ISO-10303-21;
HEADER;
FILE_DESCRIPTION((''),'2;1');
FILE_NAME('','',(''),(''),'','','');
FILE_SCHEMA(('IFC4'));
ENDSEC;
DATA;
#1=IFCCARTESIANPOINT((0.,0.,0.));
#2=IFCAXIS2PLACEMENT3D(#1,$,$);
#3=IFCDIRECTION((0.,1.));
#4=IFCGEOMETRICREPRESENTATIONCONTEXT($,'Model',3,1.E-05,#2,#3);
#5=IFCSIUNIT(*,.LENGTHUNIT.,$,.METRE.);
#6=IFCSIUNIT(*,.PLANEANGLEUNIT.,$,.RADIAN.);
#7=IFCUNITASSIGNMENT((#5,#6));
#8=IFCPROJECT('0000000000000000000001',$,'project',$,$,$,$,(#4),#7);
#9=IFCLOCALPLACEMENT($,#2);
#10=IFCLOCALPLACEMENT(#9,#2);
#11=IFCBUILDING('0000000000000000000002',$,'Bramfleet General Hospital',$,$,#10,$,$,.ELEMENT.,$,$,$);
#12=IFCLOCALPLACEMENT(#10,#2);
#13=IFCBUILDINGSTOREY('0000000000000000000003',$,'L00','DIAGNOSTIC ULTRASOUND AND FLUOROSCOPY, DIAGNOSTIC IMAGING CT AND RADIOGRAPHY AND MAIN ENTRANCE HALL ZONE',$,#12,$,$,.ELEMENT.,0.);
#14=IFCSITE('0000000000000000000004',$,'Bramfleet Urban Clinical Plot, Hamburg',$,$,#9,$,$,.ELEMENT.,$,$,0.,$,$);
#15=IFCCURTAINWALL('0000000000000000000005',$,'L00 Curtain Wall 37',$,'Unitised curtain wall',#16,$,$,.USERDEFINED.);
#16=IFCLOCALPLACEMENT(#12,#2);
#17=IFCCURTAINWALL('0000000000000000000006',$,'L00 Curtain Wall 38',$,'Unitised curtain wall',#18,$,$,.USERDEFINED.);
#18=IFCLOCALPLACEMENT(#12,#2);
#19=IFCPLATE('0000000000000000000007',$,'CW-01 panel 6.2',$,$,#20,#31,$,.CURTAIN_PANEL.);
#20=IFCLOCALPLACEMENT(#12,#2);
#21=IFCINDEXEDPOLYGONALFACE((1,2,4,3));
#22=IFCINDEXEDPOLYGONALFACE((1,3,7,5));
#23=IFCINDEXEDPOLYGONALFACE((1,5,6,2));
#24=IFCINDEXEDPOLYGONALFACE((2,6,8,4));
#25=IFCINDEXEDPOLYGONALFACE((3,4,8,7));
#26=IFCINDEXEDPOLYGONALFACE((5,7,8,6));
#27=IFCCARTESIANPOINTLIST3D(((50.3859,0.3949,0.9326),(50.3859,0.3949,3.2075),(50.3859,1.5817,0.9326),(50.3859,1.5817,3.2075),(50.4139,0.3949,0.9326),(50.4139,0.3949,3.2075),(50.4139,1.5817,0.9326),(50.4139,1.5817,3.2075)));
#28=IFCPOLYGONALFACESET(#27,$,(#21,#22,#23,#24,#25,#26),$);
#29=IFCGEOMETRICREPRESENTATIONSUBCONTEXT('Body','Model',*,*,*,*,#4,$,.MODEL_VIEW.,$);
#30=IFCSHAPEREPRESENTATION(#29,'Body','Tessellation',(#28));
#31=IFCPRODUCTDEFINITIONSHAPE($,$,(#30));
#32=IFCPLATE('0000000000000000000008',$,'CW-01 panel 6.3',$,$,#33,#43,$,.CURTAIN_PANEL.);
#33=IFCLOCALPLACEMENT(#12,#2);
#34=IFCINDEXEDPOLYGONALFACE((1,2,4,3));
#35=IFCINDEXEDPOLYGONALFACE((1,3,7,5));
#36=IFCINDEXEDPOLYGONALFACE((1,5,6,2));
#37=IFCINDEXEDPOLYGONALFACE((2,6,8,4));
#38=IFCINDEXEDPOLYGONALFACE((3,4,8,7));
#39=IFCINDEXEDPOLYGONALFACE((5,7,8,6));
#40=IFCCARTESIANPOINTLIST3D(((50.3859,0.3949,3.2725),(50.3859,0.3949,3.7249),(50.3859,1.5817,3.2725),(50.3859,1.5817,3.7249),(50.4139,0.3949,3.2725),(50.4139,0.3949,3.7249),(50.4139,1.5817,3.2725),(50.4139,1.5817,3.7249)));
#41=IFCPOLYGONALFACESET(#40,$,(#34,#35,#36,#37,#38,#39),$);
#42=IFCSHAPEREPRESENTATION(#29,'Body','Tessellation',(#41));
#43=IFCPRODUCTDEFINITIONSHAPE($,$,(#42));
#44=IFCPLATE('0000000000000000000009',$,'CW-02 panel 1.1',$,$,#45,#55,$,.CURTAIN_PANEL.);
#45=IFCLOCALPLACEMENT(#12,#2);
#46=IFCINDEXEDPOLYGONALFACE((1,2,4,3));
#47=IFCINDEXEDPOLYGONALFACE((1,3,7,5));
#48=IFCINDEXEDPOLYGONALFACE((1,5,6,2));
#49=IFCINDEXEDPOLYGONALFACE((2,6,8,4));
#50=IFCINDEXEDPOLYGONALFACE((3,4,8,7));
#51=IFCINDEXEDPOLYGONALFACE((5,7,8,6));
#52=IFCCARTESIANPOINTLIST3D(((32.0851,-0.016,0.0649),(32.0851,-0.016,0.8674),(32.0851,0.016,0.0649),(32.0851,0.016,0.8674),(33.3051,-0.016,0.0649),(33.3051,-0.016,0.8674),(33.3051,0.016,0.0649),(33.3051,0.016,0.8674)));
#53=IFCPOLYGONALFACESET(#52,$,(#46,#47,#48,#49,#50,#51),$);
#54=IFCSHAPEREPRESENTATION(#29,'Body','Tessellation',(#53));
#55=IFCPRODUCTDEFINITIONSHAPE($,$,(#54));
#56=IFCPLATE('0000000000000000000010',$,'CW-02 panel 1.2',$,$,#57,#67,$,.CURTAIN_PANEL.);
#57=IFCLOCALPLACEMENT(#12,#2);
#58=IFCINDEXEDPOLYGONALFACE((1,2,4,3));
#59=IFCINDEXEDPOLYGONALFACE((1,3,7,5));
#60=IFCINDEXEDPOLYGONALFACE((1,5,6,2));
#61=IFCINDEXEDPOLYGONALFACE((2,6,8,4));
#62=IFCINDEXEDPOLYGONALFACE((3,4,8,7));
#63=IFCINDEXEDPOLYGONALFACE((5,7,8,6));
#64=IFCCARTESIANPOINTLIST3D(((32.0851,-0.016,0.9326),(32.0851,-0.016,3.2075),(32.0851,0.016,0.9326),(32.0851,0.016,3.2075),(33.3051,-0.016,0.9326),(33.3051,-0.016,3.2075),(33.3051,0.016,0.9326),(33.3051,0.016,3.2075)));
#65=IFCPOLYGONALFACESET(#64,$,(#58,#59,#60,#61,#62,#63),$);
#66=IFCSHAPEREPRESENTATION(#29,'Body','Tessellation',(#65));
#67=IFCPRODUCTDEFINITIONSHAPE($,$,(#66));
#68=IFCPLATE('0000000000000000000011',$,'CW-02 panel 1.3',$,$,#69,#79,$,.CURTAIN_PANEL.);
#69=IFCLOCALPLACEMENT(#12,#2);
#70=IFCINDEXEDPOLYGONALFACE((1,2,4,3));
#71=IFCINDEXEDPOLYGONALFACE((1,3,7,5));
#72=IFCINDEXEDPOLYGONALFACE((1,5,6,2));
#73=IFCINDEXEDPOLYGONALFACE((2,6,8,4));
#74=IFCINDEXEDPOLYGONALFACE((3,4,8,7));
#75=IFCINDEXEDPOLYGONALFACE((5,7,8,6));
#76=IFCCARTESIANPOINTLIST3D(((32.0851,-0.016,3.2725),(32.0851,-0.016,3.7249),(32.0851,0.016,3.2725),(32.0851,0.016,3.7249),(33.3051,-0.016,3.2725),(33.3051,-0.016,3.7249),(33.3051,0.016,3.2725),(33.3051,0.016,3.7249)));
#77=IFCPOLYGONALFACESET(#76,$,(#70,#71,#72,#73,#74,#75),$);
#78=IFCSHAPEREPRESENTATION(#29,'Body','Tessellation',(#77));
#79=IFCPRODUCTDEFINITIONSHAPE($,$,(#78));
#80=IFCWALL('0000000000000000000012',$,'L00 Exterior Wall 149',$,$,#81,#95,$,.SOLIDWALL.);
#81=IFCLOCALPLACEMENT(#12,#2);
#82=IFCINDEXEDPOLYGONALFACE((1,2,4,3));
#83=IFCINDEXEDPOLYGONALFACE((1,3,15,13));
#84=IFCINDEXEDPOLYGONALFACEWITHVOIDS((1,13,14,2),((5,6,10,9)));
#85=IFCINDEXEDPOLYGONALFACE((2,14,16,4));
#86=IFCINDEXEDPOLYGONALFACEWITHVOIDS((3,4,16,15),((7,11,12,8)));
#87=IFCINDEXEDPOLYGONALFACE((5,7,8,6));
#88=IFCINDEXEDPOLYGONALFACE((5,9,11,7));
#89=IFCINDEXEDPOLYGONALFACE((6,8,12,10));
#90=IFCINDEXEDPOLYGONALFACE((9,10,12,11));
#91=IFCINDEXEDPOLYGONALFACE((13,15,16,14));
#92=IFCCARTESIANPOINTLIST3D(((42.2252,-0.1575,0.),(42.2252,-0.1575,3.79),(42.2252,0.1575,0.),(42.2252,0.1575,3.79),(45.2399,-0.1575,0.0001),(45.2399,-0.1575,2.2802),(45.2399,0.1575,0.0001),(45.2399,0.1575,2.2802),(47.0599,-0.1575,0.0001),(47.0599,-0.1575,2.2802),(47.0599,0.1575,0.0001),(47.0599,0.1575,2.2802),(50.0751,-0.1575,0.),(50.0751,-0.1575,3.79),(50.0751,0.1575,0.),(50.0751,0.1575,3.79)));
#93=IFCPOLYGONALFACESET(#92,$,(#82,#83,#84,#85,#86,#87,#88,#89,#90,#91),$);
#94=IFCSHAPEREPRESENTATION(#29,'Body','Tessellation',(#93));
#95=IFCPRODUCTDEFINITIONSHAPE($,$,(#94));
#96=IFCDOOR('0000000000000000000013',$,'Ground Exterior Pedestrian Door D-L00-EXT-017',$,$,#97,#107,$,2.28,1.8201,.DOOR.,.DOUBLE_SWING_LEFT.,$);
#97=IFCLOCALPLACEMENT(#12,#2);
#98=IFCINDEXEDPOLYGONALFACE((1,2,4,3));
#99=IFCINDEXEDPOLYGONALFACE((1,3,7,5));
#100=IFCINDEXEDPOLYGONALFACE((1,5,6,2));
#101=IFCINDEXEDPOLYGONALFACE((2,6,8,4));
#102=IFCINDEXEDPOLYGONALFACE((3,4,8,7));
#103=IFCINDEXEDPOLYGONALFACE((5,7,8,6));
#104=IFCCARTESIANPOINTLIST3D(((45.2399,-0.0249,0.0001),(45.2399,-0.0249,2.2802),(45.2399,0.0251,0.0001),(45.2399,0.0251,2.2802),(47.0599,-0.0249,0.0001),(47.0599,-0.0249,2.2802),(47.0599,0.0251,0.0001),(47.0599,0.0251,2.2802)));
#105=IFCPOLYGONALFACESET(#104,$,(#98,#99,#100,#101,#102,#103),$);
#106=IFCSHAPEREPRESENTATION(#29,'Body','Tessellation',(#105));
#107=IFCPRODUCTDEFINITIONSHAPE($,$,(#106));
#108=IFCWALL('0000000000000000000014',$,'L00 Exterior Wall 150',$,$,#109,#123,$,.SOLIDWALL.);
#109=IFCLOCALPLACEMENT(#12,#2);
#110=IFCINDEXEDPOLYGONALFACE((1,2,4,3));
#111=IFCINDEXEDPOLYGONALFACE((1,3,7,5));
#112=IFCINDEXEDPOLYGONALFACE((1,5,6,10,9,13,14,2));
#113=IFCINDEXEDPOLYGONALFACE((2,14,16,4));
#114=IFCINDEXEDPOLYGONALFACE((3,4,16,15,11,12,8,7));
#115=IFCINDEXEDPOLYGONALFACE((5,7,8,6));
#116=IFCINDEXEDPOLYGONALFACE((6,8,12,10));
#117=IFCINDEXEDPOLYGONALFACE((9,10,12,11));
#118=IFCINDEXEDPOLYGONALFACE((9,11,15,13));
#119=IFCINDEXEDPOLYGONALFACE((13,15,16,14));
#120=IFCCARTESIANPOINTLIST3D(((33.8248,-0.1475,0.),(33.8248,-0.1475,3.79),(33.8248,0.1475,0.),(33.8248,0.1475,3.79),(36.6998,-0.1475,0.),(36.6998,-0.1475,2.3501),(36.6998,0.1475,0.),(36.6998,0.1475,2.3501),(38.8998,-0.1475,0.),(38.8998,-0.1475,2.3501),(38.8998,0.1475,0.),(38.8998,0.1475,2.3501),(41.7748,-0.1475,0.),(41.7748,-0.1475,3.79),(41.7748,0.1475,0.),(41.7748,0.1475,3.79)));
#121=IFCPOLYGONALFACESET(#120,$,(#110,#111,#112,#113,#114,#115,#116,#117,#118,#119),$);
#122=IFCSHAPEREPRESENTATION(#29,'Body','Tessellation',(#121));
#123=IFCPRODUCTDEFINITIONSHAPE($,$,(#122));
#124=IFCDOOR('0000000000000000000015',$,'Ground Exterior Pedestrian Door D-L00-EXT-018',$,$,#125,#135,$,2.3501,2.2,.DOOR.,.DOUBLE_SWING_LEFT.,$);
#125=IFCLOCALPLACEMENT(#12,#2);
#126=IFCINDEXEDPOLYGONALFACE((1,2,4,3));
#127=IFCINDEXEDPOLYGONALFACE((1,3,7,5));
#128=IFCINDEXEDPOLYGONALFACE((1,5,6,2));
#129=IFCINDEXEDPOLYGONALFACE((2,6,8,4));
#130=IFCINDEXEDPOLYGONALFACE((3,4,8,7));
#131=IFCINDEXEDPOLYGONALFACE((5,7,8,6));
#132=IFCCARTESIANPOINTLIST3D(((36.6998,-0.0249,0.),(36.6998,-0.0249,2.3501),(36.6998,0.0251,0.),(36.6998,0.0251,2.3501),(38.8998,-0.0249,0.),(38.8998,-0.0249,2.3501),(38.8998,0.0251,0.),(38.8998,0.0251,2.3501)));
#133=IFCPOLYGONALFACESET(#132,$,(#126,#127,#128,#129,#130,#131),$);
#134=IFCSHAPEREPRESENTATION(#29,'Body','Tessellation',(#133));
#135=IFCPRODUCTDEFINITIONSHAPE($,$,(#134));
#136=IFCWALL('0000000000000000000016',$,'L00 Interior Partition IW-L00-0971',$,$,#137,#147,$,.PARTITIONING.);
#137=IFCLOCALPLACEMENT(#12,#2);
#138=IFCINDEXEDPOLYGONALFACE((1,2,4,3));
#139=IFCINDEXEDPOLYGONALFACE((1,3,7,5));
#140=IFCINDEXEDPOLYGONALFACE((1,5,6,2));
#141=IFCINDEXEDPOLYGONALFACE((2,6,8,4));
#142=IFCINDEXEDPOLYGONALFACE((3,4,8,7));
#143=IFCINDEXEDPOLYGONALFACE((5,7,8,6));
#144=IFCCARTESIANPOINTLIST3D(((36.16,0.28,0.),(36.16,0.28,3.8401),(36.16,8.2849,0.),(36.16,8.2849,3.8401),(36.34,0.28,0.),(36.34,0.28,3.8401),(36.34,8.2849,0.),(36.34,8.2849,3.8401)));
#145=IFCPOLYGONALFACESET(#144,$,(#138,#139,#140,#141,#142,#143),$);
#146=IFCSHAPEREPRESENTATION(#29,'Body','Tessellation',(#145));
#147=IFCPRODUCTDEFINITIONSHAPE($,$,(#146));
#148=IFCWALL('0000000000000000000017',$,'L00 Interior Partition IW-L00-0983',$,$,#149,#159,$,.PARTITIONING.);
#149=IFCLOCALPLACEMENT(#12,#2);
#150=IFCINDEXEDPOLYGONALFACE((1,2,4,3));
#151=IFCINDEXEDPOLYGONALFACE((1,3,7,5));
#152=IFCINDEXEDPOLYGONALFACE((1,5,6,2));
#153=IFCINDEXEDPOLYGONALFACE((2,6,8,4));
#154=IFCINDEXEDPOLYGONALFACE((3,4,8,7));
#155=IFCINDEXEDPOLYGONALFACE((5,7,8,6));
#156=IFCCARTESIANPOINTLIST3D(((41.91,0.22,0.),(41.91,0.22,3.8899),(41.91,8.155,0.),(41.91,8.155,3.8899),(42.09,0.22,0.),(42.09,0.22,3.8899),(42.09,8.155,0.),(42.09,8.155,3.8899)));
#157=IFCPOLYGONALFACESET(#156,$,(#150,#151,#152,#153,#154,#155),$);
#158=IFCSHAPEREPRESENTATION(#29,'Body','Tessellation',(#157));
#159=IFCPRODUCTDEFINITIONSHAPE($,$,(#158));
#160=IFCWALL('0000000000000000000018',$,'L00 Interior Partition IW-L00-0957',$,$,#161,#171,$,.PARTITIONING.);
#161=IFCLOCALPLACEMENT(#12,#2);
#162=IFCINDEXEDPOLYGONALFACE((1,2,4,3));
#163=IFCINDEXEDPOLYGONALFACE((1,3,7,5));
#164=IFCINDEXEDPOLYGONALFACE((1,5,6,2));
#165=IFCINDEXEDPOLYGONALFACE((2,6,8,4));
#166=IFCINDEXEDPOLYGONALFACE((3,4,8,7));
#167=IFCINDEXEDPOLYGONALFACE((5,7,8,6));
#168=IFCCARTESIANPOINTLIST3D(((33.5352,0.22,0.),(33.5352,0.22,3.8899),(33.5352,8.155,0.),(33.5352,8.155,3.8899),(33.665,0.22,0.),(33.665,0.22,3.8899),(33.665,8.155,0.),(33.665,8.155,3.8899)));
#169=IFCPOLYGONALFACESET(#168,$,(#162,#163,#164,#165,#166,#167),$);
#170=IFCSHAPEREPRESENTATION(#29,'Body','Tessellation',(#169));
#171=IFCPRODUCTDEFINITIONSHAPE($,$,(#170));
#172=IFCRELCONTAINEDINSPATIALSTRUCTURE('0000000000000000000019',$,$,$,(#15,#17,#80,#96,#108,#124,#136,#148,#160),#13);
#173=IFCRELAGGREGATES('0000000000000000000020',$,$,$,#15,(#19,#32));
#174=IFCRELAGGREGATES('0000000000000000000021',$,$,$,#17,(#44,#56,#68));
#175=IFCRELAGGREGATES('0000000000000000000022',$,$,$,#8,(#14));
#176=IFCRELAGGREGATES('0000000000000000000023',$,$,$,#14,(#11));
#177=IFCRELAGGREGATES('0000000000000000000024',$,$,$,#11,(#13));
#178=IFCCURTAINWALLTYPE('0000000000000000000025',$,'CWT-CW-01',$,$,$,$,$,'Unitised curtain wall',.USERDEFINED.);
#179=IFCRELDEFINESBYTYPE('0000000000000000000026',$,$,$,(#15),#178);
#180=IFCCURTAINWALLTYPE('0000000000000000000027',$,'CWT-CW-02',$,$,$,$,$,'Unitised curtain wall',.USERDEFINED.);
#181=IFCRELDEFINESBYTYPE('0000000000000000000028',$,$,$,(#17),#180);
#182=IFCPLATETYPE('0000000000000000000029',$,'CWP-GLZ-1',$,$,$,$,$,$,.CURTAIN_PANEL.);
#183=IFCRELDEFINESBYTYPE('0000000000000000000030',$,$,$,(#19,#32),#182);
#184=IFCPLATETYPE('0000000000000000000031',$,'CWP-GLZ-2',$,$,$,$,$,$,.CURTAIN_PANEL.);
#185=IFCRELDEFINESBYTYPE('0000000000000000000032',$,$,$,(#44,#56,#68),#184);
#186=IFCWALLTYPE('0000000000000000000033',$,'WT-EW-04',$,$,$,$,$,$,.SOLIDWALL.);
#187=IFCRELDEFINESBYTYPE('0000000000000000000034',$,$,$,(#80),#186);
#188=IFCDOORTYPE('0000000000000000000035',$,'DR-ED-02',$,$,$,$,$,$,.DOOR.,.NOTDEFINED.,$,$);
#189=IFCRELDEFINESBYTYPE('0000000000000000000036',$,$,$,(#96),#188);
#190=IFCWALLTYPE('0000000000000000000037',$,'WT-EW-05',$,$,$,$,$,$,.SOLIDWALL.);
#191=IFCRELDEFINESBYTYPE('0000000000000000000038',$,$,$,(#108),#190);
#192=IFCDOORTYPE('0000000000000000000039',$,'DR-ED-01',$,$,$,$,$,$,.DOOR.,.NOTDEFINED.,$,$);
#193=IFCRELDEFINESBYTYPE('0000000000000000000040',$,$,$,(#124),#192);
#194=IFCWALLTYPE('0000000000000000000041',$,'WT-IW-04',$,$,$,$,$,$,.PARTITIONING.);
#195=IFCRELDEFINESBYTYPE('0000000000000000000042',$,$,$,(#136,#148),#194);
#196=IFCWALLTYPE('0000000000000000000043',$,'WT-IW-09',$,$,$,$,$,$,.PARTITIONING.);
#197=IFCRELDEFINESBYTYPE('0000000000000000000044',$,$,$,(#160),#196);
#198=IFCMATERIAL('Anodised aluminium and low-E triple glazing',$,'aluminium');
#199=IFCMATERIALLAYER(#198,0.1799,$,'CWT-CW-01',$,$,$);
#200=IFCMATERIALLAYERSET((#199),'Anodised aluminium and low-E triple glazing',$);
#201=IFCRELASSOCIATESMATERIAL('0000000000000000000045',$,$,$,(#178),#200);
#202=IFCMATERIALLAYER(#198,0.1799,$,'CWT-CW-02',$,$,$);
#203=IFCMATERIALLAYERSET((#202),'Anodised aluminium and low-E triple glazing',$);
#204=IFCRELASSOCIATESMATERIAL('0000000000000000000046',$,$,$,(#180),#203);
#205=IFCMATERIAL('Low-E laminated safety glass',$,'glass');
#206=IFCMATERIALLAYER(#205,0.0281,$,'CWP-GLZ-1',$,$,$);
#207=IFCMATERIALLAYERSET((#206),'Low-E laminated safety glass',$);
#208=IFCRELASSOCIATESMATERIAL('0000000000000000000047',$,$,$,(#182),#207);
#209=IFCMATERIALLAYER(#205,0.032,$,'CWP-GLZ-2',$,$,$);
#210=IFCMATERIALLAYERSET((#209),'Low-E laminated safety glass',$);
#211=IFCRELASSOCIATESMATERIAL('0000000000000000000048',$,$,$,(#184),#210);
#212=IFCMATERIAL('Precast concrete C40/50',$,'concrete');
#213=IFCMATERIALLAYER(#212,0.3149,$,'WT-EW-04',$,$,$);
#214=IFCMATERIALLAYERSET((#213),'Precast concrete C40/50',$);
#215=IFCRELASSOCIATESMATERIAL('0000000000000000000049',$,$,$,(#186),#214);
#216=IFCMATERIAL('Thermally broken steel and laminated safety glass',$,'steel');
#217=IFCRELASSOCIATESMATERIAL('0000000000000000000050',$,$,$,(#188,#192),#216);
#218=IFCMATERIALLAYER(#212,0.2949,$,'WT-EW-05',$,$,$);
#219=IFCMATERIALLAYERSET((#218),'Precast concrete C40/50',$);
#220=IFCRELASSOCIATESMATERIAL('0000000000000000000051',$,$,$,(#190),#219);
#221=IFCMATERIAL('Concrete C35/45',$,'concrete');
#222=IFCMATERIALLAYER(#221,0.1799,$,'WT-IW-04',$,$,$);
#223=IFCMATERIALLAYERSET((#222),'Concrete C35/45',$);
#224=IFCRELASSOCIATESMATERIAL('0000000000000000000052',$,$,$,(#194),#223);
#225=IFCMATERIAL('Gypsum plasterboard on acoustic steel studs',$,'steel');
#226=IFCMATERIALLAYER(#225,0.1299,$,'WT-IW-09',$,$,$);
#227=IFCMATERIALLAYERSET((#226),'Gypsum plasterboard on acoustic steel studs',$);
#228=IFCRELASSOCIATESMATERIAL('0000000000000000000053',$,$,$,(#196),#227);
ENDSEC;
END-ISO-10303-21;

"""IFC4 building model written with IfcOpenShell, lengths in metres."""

from ifc_helpers import new_model, si_unit, direction, frame, frame_2d, origin, origin_2d, place, context, subcontext, project, spatial, rectangle, extrude, material, layer, layer_set, type_object, element, fill, aggregate, save


model = new_model("IFC4")

# Units and contexts
model_context = context("Model", 3, precision=1e-05, world=origin(), true_north=direction((0.0, 1.0)))
body_context = subcontext(model_context, "Body", "Model", "MODEL_VIEW")
ifc_project = project(units=[si_unit("LENGTHUNIT", "METRE"), si_unit("PLANEANGLEUNIT", "RADIAN")], contexts=[model_context])

# Site, building, storey
site_placement = place(None, origin())
site = spatial("IfcSite", under=ifc_project, at=site_placement, Name="Bramfleet Urban Clinical Plot, Hamburg", CompositionType="ELEMENT", RefElevation=0.0)
building_placement = place(site_placement, origin())
building = spatial("IfcBuilding", under=site, at=building_placement, Name="Bramfleet General Hospital", CompositionType="ELEMENT")
storey_placement = place(building_placement, origin())
storey = spatial("IfcBuildingStorey", under=building, at=storey_placement, Name="L00", Description="DIAGNOSTIC ULTRASOUND AND FLUOROSCOPY, DIAGNOSTIC IMAGING CT AND RADIOGRAPHY AND MAIN ENTRANCE HALL ZONE", CompositionType="ELEMENT", Elevation=0.0)

# Shared definitions
ifc_material_1 = material(Name="Concrete C35/45", Category="concrete")

# Curtain wall
ifc_material_2 = material(Name="Anodised aluminium and low-E triple glazing", Category="aluminium")
ifc_layer_1 = layer(ifc_material_2, 0.1799, Name="CWT-CW-01")
ifc_layer_set_1 = layer_set([ifc_layer_1], Name="Anodised aluminium and low-E triple glazing")
curtain_wall_type_1 = type_object("IfcCurtainWallType", Name="CWT-CW-01", ElementType="Unitised curtain wall", PredefinedType="USERDEFINED", material=ifc_layer_set_1)
curtain_wall_1_placement = place(storey_placement, origin())
curtain_wall_1 = element("IfcCurtainWall", 1, at=curtain_wall_1_placement, inside=storey, type_object=curtain_wall_type_1, Name="L00 Curtain Wall 37", ObjectType="Unitised curtain wall", PredefinedType="USERDEFINED")

# Curtain wall
ifc_layer_2 = layer(ifc_material_2, 0.1799, Name="CWT-CW-02")
ifc_layer_set_2 = layer_set([ifc_layer_2], Name="Anodised aluminium and low-E triple glazing")
curtain_wall_type_2 = type_object("IfcCurtainWallType", Name="CWT-CW-02", ElementType="Unitised curtain wall", PredefinedType="USERDEFINED", material=ifc_layer_set_2)
curtain_wall_2_placement = place(storey_placement, origin())
curtain_wall_2 = element("IfcCurtainWall", 2, at=curtain_wall_2_placement, inside=storey, type_object=curtain_wall_type_2, Name="L00 Curtain Wall 38", ObjectType="Unitised curtain wall", PredefinedType="USERDEFINED")

# Plates
ifc_material_3 = material(Name="Low-E laminated safety glass", Category="glass")
ifc_layer_3 = layer(ifc_material_3, 0.0281, Name="CWP-GLZ-1")
ifc_layer_set_3 = layer_set([ifc_layer_3], Name="Low-E laminated safety glass")
plate_type_1 = type_object("IfcPlateType", Name="CWP-GLZ-1", PredefinedType="CURTAIN_PANEL", material=ifc_layer_set_3)
plate_1_placement = place(storey_placement, frame((50.3999, 0.9883, 0.9326), z_axis=(0.0, 0.0, 1.0), x_axis=(0.0, -1.0, 0.0)))
plate_1 = element("IfcPlate", 3, at=plate_1_placement, type_object=plate_type_1, Name="CW-01 panel 6.2", PredefinedType="CURTAIN_PANEL", context=body_context, shape_type="SweptSolid", body=[
    extrude(rectangle(XDim=1.1868, YDim=0.0281, at=origin_2d()), origin(), (0.0, 0.0, 1.0), 2.2749),
])
plate_2_placement = place(storey_placement, frame((50.3999, 0.9883, 3.2725), z_axis=(0.0, 0.0, 1.0), x_axis=(0.0, -1.0, 0.0)))
plate_2 = element("IfcPlate", 4, at=plate_2_placement, type_object=plate_type_1, Name="CW-01 panel 6.3", PredefinedType="CURTAIN_PANEL", context=body_context, shape_type="SweptSolid", body=[
    extrude(rectangle(XDim=1.1868, YDim=0.0281, at=origin_2d()), origin(), (0.0, 0.0, 1.0), 0.4524),
])
aggregate(curtain_wall_1, [plate_1, plate_2])
ifc_layer_4 = layer(ifc_material_3, 0.032, Name="CWP-GLZ-2")
ifc_layer_set_4 = layer_set([ifc_layer_4], Name="Low-E laminated safety glass")
plate_type_2 = type_object("IfcPlateType", Name="CWP-GLZ-2", PredefinedType="CURTAIN_PANEL", material=ifc_layer_set_4)
plate_3_placement = place(storey_placement, frame((32.6951, 0.0, 0.0649), z_axis=(0.0, 0.0, 1.0), x_axis=(-1.0, 0.0, 0.0)))
plate_3 = element("IfcPlate", 5, at=plate_3_placement, type_object=plate_type_2, Name="CW-02 panel 1.1", PredefinedType="CURTAIN_PANEL", context=body_context, shape_type="SweptSolid", body=[
    extrude(rectangle(XDim=1.22, YDim=0.032, at=origin_2d()), origin(), (0.0, 0.0, 1.0), 0.8025),
])
plate_4_placement = place(storey_placement, frame((32.6951, 0.0, 0.9326), z_axis=(0.0, 0.0, 1.0), x_axis=(-1.0, 0.0, 0.0)))
plate_4 = element("IfcPlate", 6, at=plate_4_placement, type_object=plate_type_2, Name="CW-02 panel 1.2", PredefinedType="CURTAIN_PANEL", context=body_context, shape_type="SweptSolid", body=[
    extrude(rectangle(XDim=1.22, YDim=0.032, at=origin_2d()), origin(), (0.0, 0.0, 1.0), 2.2749),
])
plate_5_placement = place(storey_placement, frame((32.6951, 0.0, 3.2725), z_axis=(0.0, 0.0, 1.0), x_axis=(-1.0, 0.0, 0.0)))
plate_5 = element("IfcPlate", 7, at=plate_5_placement, type_object=plate_type_2, Name="CW-02 panel 1.3", PredefinedType="CURTAIN_PANEL", context=body_context, shape_type="SweptSolid", body=[
    extrude(rectangle(XDim=1.22, YDim=0.032, at=origin_2d()), origin(), (0.0, 0.0, 1.0), 0.4524),
])
aggregate(curtain_wall_2, [plate_3, plate_4, plate_5])

# Walls, openings, doors
ifc_material_4 = material(Name="Precast concrete C40/50", Category="concrete")
ifc_layer_5 = layer(ifc_material_4, 0.3149, Name="WT-EW-04")
ifc_layer_set_5 = layer_set([ifc_layer_5], Name="Precast concrete C40/50")
wall_type_1 = type_object("IfcWallType", Name="WT-EW-04", PredefinedType="SOLIDWALL", material=ifc_layer_set_5)
wall_1_placement = place(storey_placement, frame((50.075, 0.0, 0.0), z_axis=(0.0, 0.0, 1.0), x_axis=(-1.0, 0.0, 0.0)))
wall_1 = element("IfcWall", 8, at=wall_1_placement, inside=storey, type_object=wall_type_1, Name="L00 Exterior Wall 149", PredefinedType="SOLIDWALL", context=body_context, shape_type="SweptSolid", body=[
    extrude(rectangle(XDim=7.8499, YDim=0.3149, at=frame_2d((3.9248, 0.0))), origin(), (0.0, 0.0, 1.0), 3.79),
])
opening_1_placement = place(wall_1_placement, frame((3.0149, 0.0, 0.0)))
opening_1 = element("IfcOpeningElement", 9, at=opening_1_placement, cuts=wall_1, PredefinedType="OPENING", context=body_context, shape_type="SweptSolid", body=[
    extrude(rectangle(XDim=1.8201, YDim=2.28, at=frame_2d((0.9102, 1.1401))), frame((0.0, 0.1675, 0.0), z_axis=(0.0, -1.0, 0.0), x_axis=(1.0, 0.0, 0.0)), (0.0, 0.0, 1.0), 0.335),
])
ifc_material_5 = material(Name="Thermally broken steel and laminated safety glass", Category="steel")
door_type_1 = type_object("IfcDoorType", Name="DR-ED-02", OperationType="NOTDEFINED", PredefinedType="DOOR", material=ifc_material_5)
door_1_placement = place(opening_1_placement, origin())
door_1 = element("IfcDoor", 10, at=door_1_placement, inside=storey, type_object=door_type_1, Name="Ground Exterior Pedestrian Door D-L00-EXT-017", OperationType="DOUBLE_SWING_LEFT", OverallHeight=2.28, OverallWidth=1.8201, PredefinedType="DOOR", context=body_context, shape_type="SweptSolid", body=[
    extrude(rectangle(XDim=1.8201, YDim=2.28, at=frame_2d((0.9102, 1.1401))), frame((0.0, 0.0249, 0.0), z_axis=(0.0, -1.0, 0.0), x_axis=(1.0, 0.0, 0.0)), (0.0, 0.0, 1.0), 0.05),
])
fill(opening_1, door_1)
ifc_layer_6 = layer(ifc_material_4, 0.2949, Name="WT-EW-05")
ifc_layer_set_6 = layer_set([ifc_layer_6], Name="Precast concrete C40/50")
wall_type_2 = type_object("IfcWallType", Name="WT-EW-05", PredefinedType="SOLIDWALL", material=ifc_layer_set_6)
wall_2_placement = place(storey_placement, frame((41.7749, 0.0, 0.0), z_axis=(0.0, 0.0, 1.0), x_axis=(-1.0, 0.0, 0.0)))
wall_2 = element("IfcWall", 11, at=wall_2_placement, inside=storey, type_object=wall_type_2, Name="L00 Exterior Wall 150", PredefinedType="SOLIDWALL", context=body_context, shape_type="SweptSolid", body=[
    extrude(rectangle(XDim=7.95, YDim=0.2949, at=frame_2d((3.9751, 0.0))), origin(), (0.0, 0.0, 1.0), 3.79),
])
opening_2_placement = place(wall_2_placement, frame((2.875, 0.0, 0.0)))
opening_2 = element("IfcOpeningElement", 12, at=opening_2_placement, cuts=wall_2, PredefinedType="OPENING", context=body_context, shape_type="SweptSolid", body=[
    extrude(rectangle(XDim=2.2, YDim=2.3501, at=frame_2d((1.1001, 1.175))), frame((0.0, 0.1575, 0.0), z_axis=(0.0, -1.0, 0.0), x_axis=(1.0, 0.0, 0.0)), (0.0, 0.0, 1.0), 0.3149),
])
door_type_2 = type_object("IfcDoorType", Name="DR-ED-01", OperationType="NOTDEFINED", PredefinedType="DOOR", material=ifc_material_5)
door_2_placement = place(opening_2_placement, origin())
door_2 = element("IfcDoor", 13, at=door_2_placement, inside=storey, type_object=door_type_2, Name="Ground Exterior Pedestrian Door D-L00-EXT-018", OperationType="DOUBLE_SWING_LEFT", OverallHeight=2.3501, OverallWidth=2.2, PredefinedType="DOOR", context=body_context, shape_type="SweptSolid", body=[
    extrude(rectangle(XDim=2.2, YDim=2.3501, at=frame_2d((1.1001, 1.175))), frame((0.0, 0.0249, 0.0), z_axis=(0.0, -1.0, 0.0), x_axis=(1.0, 0.0, 0.0)), (0.0, 0.0, 1.0), 0.05),
])
fill(opening_2, door_2)

# Walls
ifc_layer_7 = layer(ifc_material_1, 0.1799, Name="WT-IW-04")
ifc_layer_set_7 = layer_set([ifc_layer_7], Name="Concrete C35/45")
wall_type_3 = type_object("IfcWallType", Name="WT-IW-04", PredefinedType="PARTITIONING", material=ifc_layer_set_7)
wall_3_placement = place(storey_placement, frame((36.25, 0.28, 0.0), z_axis=(0.0, 0.0, 1.0), x_axis=(0.0, 1.0, 0.0)))
element("IfcWall", 14, at=wall_3_placement, inside=storey, type_object=wall_type_3, Name="L00 Interior Partition IW-L00-0971", PredefinedType="PARTITIONING", context=body_context, shape_type="SweptSolid", body=[
    extrude(rectangle(XDim=8.0049, YDim=0.1799, at=frame_2d((4.0024, 0.0))), origin(), (0.0, 0.0, 1.0), 3.8401),
])
wall_4_placement = place(storey_placement, frame((42.0, 0.22, 0.0), z_axis=(0.0, 0.0, 1.0), x_axis=(0.0, 1.0, 0.0)))
element("IfcWall", 15, at=wall_4_placement, inside=storey, type_object=wall_type_3, Name="L00 Interior Partition IW-L00-0983", PredefinedType="PARTITIONING", context=body_context, shape_type="SweptSolid", body=[
    extrude(rectangle(XDim=7.9351, YDim=0.1799, at=frame_2d((3.9675, 0.0))), origin(), (0.0, 0.0, 1.0), 3.8899),
])
ifc_material_6 = material(Name="Gypsum plasterboard on acoustic steel studs", Category="steel")
ifc_layer_8 = layer(ifc_material_6, 0.1299, Name="WT-IW-09")
ifc_layer_set_8 = layer_set([ifc_layer_8], Name="Gypsum plasterboard on acoustic steel studs")
wall_type_4 = type_object("IfcWallType", Name="WT-IW-09", PredefinedType="PARTITIONING", material=ifc_layer_set_8)
wall_5_placement = place(storey_placement, frame((33.6001, 0.22, 0.0), z_axis=(0.0, 0.0, 1.0), x_axis=(0.0, 1.0, 0.0)))
element("IfcWall", 16, at=wall_5_placement, inside=storey, type_object=wall_type_4, Name="L00 Interior Partition IW-L00-0957", PredefinedType="PARTITIONING", context=body_context, shape_type="SweptSolid", body=[
    extrude(rectangle(XDim=7.9351, YDim=0.1299, at=frame_2d((3.9675, 0.0))), origin(), (0.0, 0.0, 1.0), 3.8899),
])

save(model, "model.ifc")
